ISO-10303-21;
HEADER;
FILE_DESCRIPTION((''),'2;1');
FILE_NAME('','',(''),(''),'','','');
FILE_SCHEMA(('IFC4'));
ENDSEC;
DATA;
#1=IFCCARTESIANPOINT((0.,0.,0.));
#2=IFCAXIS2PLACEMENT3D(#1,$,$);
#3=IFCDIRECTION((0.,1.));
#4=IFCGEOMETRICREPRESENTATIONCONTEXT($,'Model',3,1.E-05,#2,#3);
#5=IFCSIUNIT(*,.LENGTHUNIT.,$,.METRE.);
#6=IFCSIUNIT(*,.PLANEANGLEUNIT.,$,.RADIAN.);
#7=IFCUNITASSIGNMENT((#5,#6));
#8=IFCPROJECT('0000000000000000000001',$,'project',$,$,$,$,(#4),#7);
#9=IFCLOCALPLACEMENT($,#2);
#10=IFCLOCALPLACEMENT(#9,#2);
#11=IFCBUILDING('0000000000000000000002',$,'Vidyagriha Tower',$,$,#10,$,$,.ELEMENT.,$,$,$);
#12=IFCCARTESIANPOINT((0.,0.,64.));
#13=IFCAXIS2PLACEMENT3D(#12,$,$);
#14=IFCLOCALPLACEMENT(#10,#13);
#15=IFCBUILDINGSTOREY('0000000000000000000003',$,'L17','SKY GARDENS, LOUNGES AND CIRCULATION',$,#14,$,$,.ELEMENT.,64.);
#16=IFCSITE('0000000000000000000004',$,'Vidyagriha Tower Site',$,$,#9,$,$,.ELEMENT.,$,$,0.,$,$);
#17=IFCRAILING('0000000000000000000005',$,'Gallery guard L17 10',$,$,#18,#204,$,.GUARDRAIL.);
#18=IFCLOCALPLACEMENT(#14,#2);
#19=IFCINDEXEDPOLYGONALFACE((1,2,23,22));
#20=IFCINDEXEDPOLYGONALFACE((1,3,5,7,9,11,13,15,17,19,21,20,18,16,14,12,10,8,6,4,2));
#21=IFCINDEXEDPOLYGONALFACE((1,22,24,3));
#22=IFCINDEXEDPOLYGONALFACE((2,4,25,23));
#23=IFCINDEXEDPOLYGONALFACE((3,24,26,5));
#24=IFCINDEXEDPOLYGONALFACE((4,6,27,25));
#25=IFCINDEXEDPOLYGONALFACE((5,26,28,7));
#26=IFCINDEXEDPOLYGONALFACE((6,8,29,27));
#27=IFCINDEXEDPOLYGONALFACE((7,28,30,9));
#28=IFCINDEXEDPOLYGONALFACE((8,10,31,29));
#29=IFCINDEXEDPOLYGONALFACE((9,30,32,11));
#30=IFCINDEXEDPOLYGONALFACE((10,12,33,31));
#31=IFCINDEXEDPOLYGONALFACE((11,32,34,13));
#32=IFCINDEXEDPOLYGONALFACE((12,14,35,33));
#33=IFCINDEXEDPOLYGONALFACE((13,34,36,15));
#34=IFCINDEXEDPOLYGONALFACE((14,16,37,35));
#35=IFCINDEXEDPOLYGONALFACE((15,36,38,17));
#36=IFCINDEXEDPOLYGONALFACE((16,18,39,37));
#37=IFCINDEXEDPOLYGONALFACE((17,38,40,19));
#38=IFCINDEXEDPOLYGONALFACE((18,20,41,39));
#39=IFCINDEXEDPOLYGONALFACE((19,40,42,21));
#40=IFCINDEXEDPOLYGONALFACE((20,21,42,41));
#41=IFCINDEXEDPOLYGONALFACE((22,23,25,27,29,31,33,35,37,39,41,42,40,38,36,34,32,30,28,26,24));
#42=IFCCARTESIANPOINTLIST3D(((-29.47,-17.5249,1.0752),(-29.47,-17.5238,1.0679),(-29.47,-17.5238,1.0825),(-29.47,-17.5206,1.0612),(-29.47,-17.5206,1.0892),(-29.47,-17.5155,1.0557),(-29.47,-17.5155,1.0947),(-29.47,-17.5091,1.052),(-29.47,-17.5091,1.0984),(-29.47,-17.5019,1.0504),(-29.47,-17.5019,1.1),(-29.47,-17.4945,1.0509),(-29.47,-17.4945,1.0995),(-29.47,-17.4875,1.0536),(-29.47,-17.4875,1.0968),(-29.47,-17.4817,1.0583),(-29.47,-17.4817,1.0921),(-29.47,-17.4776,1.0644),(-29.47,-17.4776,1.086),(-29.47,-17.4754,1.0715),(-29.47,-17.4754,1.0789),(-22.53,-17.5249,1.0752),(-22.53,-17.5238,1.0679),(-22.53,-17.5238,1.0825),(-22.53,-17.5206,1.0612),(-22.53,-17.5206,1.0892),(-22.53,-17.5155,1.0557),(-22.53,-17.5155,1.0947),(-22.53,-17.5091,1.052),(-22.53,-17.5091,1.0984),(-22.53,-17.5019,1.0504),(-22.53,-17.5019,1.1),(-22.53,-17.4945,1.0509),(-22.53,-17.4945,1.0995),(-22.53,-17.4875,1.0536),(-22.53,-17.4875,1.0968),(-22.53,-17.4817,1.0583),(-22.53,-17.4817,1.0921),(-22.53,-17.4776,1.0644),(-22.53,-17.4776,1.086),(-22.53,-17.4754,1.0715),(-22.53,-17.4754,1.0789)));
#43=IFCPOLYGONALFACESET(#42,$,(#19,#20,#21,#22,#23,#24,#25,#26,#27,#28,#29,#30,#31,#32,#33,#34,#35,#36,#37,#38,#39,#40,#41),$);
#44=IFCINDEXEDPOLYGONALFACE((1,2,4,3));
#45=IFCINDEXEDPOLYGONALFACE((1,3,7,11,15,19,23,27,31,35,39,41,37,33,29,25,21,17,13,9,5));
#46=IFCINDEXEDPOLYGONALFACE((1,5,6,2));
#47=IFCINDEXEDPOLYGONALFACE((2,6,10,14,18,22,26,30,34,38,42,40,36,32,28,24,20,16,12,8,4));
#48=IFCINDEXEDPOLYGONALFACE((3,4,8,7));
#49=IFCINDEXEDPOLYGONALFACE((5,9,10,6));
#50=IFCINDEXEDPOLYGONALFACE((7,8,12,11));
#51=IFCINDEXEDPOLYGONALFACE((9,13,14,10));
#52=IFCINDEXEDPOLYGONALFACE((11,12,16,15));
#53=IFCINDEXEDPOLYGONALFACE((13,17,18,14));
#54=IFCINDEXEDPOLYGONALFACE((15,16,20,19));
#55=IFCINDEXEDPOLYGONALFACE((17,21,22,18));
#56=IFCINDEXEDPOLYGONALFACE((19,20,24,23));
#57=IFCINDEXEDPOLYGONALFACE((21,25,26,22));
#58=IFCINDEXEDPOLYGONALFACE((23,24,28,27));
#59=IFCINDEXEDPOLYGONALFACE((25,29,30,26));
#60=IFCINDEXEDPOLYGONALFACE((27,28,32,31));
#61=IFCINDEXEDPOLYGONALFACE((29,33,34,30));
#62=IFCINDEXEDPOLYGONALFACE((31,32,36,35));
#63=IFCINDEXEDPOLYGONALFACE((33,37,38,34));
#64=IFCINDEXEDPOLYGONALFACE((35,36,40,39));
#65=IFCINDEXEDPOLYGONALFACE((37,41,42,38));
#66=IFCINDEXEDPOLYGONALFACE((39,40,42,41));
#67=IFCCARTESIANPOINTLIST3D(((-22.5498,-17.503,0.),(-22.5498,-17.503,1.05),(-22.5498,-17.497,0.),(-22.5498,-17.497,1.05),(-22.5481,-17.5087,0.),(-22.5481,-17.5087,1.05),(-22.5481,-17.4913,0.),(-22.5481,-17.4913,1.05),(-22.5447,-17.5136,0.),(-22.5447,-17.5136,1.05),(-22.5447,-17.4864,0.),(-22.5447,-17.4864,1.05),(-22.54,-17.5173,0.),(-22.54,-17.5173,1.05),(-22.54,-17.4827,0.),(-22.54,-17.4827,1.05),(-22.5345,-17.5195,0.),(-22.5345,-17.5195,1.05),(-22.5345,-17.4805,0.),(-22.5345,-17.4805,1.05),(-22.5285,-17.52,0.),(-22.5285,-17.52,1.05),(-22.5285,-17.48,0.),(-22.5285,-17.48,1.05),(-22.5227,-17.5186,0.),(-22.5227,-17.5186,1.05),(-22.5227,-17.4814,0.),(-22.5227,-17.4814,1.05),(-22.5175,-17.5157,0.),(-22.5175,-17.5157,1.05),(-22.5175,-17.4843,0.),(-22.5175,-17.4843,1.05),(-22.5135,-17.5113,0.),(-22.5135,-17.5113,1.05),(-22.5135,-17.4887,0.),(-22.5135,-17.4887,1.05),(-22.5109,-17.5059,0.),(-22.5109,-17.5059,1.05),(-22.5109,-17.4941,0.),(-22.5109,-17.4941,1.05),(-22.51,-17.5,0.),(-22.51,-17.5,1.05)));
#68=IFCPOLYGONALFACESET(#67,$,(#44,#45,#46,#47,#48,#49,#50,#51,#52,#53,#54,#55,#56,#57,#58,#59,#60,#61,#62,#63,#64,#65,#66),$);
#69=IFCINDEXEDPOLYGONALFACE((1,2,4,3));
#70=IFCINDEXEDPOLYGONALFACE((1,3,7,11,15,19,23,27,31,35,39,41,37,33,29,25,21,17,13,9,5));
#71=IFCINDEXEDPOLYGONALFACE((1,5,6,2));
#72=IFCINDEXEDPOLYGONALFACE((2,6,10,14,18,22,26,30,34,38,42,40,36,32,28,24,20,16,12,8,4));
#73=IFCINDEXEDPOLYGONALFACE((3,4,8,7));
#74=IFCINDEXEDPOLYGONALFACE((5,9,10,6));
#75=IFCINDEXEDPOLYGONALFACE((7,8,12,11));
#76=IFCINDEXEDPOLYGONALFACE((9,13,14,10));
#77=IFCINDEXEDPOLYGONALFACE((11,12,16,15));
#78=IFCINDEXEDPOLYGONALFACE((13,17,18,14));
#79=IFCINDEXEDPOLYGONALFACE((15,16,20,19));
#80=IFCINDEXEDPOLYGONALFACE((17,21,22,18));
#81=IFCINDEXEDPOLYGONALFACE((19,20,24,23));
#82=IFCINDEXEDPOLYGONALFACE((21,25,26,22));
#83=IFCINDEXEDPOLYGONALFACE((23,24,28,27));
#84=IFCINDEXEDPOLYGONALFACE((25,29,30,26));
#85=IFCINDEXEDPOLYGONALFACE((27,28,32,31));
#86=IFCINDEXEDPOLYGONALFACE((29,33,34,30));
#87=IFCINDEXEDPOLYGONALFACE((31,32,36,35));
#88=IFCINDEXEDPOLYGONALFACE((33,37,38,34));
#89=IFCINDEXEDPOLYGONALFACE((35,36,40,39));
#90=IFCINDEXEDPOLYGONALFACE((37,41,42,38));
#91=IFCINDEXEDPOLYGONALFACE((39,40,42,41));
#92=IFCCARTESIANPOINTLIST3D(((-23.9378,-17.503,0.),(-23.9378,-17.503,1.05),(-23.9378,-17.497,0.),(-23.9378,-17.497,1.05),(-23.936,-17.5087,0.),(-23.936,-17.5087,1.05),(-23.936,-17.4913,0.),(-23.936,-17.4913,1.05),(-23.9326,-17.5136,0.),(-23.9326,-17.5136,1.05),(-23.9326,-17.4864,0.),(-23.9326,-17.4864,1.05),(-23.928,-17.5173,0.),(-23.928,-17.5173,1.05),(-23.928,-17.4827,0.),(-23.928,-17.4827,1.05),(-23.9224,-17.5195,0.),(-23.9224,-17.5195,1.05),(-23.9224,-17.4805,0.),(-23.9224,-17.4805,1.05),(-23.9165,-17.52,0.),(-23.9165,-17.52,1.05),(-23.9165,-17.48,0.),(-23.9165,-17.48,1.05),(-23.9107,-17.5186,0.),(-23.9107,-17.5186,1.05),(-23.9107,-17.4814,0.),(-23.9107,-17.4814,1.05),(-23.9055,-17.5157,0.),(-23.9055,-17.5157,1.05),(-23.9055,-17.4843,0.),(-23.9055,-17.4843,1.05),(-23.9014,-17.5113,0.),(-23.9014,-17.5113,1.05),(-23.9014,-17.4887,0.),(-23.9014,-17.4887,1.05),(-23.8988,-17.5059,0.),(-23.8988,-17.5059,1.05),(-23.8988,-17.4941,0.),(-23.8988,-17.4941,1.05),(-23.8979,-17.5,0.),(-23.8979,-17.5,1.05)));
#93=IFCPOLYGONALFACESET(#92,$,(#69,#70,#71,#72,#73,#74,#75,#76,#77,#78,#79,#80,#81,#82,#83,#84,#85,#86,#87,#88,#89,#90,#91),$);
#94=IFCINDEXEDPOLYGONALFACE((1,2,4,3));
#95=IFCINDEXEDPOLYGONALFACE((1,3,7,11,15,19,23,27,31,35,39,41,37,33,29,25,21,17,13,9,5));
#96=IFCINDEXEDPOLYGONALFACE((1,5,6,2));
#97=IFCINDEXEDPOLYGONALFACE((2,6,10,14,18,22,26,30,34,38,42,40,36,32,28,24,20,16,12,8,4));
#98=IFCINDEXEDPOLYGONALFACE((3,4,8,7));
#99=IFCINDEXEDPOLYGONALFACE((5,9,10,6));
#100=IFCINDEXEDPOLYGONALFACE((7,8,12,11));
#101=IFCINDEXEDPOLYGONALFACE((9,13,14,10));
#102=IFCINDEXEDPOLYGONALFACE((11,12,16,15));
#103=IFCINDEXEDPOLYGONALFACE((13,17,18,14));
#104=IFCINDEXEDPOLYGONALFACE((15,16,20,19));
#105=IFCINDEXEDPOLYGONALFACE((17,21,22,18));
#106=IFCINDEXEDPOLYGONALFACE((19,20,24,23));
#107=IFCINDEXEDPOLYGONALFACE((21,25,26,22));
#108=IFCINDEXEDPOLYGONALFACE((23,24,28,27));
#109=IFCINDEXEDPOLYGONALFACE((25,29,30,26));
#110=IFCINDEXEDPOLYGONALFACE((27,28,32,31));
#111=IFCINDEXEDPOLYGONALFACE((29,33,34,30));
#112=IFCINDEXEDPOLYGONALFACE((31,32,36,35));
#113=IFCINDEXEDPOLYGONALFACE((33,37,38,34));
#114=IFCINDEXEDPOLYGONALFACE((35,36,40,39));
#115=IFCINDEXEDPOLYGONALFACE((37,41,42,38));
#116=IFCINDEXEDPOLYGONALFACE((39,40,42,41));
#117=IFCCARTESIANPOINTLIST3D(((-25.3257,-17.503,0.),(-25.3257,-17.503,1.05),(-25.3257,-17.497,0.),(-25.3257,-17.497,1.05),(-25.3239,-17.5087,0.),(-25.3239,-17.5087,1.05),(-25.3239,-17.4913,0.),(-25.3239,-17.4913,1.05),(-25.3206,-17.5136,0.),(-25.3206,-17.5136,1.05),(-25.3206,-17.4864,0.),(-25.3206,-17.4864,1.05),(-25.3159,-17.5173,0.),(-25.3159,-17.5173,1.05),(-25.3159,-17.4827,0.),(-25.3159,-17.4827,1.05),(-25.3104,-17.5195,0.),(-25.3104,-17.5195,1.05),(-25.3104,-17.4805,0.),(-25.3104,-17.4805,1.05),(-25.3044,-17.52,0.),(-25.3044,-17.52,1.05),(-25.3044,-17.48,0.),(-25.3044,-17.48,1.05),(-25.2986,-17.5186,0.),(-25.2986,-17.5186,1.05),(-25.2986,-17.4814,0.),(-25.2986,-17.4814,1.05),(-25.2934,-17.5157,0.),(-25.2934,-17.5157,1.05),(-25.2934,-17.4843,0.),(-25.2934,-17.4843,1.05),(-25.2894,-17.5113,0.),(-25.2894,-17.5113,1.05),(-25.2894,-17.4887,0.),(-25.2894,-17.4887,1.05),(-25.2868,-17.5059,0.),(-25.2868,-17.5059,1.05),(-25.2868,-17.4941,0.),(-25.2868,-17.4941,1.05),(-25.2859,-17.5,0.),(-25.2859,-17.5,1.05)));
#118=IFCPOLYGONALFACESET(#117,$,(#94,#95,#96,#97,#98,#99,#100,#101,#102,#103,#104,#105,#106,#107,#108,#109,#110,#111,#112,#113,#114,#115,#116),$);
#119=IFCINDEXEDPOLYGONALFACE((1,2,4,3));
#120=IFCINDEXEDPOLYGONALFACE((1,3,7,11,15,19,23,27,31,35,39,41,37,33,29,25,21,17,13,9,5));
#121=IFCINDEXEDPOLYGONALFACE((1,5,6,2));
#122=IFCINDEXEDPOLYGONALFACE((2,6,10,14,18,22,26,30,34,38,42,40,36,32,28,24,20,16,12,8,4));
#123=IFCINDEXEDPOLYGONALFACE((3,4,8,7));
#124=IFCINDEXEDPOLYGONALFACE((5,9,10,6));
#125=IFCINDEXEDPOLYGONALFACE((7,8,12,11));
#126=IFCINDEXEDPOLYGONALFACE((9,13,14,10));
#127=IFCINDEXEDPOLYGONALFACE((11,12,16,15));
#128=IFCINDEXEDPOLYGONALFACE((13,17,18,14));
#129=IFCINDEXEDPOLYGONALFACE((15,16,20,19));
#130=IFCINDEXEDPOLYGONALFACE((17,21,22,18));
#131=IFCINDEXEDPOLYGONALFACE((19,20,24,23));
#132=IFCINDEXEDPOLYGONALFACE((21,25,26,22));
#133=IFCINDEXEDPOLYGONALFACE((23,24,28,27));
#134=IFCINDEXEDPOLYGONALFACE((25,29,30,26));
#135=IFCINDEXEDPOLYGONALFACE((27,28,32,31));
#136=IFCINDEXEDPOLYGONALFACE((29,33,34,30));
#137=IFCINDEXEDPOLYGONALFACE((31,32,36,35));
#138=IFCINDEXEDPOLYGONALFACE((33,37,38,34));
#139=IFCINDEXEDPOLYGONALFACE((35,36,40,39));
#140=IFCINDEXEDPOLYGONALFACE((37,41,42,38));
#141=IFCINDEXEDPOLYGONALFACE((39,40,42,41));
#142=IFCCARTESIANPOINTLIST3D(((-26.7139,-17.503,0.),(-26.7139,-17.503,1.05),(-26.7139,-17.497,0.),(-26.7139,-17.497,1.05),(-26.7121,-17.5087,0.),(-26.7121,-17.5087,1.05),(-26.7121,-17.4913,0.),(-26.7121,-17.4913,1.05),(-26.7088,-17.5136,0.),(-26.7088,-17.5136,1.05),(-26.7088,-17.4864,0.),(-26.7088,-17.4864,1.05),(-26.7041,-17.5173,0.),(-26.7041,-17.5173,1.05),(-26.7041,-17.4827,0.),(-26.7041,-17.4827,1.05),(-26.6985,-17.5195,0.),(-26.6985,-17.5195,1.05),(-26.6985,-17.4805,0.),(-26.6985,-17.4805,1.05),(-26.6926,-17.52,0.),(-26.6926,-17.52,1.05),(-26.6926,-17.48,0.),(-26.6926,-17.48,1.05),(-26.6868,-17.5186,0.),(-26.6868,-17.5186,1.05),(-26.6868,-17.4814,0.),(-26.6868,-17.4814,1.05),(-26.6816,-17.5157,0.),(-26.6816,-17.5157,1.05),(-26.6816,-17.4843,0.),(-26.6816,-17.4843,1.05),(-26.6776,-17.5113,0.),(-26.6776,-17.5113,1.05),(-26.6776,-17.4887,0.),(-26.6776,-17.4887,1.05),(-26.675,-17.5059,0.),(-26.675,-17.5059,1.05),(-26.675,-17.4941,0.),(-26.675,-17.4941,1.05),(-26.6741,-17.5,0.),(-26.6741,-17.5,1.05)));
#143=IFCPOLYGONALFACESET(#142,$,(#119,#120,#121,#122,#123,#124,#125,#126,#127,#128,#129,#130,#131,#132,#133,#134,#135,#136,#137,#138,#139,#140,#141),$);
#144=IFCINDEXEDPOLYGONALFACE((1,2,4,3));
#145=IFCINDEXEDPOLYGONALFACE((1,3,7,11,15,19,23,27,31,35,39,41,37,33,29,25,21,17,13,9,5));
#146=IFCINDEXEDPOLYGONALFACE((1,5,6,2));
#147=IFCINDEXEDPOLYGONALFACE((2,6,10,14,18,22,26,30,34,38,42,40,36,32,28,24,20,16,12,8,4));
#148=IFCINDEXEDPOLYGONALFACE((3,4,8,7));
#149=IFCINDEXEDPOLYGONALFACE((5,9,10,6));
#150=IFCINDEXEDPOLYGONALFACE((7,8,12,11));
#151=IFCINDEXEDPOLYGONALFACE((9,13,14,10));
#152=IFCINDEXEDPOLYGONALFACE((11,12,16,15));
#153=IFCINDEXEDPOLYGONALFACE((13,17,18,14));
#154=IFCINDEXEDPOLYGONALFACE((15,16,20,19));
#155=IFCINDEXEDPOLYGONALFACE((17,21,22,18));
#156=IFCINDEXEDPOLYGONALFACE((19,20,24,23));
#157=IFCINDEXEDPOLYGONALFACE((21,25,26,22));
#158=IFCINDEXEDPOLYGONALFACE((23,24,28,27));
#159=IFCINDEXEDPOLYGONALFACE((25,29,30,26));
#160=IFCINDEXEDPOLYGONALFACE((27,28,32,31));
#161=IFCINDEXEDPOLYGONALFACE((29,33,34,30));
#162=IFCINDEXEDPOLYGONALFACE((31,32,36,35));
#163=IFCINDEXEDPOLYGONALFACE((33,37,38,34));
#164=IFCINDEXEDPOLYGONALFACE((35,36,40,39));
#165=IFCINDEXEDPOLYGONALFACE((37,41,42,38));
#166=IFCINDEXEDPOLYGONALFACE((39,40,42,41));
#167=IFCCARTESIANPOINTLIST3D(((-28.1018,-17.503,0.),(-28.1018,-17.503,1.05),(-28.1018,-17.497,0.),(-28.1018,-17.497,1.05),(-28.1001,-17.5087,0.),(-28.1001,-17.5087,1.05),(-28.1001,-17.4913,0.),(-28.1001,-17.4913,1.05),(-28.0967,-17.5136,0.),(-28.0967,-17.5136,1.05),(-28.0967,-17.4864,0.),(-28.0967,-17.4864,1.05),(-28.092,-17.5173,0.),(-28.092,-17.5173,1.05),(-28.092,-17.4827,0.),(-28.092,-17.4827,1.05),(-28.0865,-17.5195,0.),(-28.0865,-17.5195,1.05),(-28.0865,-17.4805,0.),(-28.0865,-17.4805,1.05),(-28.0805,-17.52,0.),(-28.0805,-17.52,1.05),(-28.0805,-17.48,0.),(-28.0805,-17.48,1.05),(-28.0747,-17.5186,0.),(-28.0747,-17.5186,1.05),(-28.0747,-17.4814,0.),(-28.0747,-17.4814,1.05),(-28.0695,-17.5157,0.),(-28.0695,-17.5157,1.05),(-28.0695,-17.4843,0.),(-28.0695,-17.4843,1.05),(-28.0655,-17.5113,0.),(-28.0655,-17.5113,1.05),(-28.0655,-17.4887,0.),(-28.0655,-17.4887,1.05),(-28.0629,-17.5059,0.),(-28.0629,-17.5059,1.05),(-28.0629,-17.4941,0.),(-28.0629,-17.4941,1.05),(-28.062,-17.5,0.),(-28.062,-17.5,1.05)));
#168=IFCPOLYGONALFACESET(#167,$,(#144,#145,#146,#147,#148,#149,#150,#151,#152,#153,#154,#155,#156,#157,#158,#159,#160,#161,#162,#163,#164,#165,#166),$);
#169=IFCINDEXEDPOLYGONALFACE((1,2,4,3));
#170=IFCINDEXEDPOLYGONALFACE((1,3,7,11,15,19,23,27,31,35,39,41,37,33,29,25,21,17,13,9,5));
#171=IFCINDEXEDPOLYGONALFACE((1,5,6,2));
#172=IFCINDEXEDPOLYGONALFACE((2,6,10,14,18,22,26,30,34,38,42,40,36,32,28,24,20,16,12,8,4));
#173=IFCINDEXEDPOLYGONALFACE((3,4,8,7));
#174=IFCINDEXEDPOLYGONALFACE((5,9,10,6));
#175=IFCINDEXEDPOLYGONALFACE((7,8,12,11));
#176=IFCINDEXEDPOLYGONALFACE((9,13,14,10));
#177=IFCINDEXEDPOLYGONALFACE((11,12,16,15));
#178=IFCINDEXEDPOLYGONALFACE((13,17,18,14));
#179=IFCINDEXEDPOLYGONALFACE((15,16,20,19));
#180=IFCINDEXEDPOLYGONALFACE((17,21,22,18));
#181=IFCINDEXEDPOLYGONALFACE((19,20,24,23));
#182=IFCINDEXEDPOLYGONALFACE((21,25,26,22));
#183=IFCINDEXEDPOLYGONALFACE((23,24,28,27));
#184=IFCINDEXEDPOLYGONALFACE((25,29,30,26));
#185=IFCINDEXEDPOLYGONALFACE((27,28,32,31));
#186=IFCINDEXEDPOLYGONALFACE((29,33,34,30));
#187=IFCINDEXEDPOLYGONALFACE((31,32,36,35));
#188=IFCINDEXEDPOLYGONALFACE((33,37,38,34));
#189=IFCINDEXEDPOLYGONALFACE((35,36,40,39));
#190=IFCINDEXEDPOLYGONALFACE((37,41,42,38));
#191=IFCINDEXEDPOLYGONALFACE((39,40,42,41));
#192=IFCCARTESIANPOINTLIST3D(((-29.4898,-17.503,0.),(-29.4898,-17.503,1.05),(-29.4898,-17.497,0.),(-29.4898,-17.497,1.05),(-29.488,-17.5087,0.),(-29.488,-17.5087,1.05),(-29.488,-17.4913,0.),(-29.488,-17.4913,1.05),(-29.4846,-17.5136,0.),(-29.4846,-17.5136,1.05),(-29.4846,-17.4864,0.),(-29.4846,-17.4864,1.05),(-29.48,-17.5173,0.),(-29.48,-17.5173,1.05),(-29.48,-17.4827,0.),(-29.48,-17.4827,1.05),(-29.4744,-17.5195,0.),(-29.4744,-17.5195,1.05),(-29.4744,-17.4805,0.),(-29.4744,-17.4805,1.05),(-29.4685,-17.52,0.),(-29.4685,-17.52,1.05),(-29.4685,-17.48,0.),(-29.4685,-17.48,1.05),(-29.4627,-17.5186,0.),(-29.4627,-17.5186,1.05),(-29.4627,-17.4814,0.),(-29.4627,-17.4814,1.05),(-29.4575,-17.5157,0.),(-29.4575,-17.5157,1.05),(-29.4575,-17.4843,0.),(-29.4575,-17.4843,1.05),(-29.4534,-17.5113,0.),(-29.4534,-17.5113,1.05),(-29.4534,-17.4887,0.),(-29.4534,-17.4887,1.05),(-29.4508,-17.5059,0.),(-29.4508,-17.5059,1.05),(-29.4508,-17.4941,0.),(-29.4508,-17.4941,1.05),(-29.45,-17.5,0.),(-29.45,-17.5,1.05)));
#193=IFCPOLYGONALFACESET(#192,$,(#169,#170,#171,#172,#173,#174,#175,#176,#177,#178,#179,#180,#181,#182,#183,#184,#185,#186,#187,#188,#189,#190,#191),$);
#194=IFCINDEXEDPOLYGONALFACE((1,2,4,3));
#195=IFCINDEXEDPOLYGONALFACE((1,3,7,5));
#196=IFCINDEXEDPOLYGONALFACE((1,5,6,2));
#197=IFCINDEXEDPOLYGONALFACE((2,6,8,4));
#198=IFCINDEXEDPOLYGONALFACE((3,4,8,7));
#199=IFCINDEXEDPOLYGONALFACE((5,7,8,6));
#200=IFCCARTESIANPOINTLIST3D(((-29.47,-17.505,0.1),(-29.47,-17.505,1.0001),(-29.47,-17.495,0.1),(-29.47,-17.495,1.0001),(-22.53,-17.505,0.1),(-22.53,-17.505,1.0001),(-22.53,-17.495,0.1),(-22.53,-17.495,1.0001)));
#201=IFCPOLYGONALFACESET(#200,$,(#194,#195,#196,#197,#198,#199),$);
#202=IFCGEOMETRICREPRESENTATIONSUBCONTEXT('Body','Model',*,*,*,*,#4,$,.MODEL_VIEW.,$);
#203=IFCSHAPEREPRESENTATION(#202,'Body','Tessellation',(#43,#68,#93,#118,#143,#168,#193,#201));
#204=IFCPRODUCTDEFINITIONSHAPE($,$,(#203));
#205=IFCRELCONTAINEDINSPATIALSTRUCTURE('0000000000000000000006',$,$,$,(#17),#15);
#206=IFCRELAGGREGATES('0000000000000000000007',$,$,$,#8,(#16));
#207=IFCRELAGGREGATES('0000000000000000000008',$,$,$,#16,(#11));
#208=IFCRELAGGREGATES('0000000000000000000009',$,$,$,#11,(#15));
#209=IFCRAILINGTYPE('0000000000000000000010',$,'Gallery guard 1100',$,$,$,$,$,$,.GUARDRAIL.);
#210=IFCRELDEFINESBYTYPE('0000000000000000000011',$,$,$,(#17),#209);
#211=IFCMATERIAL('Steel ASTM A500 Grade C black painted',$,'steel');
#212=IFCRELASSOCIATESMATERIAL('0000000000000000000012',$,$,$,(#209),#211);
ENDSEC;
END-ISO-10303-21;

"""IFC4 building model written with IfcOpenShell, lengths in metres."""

from ifc_helpers import new_model, si_unit, direction, frame, origin, origin_2d, place, context, subcontext, project, spatial, rectangle, circle, extrude, material, type_object, element, save


model = new_model("IFC4")

# Units and contexts
model_context = context("Model", 3, precision=1e-05, world=origin(), true_north=direction((0.0, 1.0)))
body_context = subcontext(model_context, "Body", "Model", "MODEL_VIEW")
ifc_project = project(units=[si_unit("LENGTHUNIT", "METRE"), si_unit("PLANEANGLEUNIT", "RADIAN")], contexts=[model_context])

# Site, building, storey
site_placement = place(None, origin())
site = spatial("IfcSite", under=ifc_project, at=site_placement, Name="Vidyagriha Tower Site", CompositionType="ELEMENT", RefElevation=0.0)
building_placement = place(site_placement, origin())
building = spatial("IfcBuilding", under=site, at=building_placement, Name="Vidyagriha Tower", CompositionType="ELEMENT")
storey_placement = place(building_placement, frame((0.0, 0.0, 64.0)))
storey = spatial("IfcBuildingStorey", under=building, at=storey_placement, Name="L17", Description="SKY GARDENS, LOUNGES AND CIRCULATION", CompositionType="ELEMENT", Elevation=64.0)

# Railing
ifc_material_1 = material(Name="Steel ASTM A500 Grade C black painted", Category="steel")
railing_type = type_object("IfcRailingType", Name="Gallery guard 1100", PredefinedType="GUARDRAIL", material=ifc_material_1)
for number, where, name in (
    (1, (-22.53, -17.5, 0.0), "Gallery guard L17 10"),
):
    element("IfcRailing", number, at=place(storey_placement, frame(where)), inside=storey, type_object=railing_type, Name=name, PredefinedType="GUARDRAIL", context=body_context, shape_type="SweptSolid", body=[
        extrude(circle(Radius=0.0249, at=origin_2d()), frame((0.0, 0.0, 1.0752), z_axis=(-1.0, 0.0, 0.0), x_axis=(0.0, -1.0, 0.0)), (0.0, 0.0, 1.0), 6.9399),
        extrude(circle(Radius=0.02, at=origin_2d()), origin(), (0.0, 0.0, 1.0), 1.05),
        extrude(circle(Radius=0.02, at=origin_2d()), frame((-1.3879, 0.0, 0.0)), (0.0, 0.0, 1.0), 1.05),
        extrude(circle(Radius=0.02, at=origin_2d()), frame((-2.7759, 0.0, 0.0)), (0.0, 0.0, 1.0), 1.05),
        extrude(circle(Radius=0.02, at=origin_2d()), frame((-4.1641, 0.0, 0.0)), (0.0, 0.0, 1.0), 1.05),
        extrude(circle(Radius=0.02, at=origin_2d()), frame((-5.552, 0.0, 0.0)), (0.0, 0.0, 1.0), 1.05),
        extrude(circle(Radius=0.02, at=origin_2d()), frame((-6.9399, 0.0, 0.0)), (0.0, 0.0, 1.0), 1.05),
        extrude(rectangle(XDim=0.01, YDim=0.9001, at=origin_2d()), frame((0.0, 0.0, 0.55), z_axis=(-1.0, 0.0, 0.0), x_axis=(0.0, -1.0, 0.0)), (0.0, 0.0, 1.0), 6.9399),
    ])

save(model, "model.ifc")
